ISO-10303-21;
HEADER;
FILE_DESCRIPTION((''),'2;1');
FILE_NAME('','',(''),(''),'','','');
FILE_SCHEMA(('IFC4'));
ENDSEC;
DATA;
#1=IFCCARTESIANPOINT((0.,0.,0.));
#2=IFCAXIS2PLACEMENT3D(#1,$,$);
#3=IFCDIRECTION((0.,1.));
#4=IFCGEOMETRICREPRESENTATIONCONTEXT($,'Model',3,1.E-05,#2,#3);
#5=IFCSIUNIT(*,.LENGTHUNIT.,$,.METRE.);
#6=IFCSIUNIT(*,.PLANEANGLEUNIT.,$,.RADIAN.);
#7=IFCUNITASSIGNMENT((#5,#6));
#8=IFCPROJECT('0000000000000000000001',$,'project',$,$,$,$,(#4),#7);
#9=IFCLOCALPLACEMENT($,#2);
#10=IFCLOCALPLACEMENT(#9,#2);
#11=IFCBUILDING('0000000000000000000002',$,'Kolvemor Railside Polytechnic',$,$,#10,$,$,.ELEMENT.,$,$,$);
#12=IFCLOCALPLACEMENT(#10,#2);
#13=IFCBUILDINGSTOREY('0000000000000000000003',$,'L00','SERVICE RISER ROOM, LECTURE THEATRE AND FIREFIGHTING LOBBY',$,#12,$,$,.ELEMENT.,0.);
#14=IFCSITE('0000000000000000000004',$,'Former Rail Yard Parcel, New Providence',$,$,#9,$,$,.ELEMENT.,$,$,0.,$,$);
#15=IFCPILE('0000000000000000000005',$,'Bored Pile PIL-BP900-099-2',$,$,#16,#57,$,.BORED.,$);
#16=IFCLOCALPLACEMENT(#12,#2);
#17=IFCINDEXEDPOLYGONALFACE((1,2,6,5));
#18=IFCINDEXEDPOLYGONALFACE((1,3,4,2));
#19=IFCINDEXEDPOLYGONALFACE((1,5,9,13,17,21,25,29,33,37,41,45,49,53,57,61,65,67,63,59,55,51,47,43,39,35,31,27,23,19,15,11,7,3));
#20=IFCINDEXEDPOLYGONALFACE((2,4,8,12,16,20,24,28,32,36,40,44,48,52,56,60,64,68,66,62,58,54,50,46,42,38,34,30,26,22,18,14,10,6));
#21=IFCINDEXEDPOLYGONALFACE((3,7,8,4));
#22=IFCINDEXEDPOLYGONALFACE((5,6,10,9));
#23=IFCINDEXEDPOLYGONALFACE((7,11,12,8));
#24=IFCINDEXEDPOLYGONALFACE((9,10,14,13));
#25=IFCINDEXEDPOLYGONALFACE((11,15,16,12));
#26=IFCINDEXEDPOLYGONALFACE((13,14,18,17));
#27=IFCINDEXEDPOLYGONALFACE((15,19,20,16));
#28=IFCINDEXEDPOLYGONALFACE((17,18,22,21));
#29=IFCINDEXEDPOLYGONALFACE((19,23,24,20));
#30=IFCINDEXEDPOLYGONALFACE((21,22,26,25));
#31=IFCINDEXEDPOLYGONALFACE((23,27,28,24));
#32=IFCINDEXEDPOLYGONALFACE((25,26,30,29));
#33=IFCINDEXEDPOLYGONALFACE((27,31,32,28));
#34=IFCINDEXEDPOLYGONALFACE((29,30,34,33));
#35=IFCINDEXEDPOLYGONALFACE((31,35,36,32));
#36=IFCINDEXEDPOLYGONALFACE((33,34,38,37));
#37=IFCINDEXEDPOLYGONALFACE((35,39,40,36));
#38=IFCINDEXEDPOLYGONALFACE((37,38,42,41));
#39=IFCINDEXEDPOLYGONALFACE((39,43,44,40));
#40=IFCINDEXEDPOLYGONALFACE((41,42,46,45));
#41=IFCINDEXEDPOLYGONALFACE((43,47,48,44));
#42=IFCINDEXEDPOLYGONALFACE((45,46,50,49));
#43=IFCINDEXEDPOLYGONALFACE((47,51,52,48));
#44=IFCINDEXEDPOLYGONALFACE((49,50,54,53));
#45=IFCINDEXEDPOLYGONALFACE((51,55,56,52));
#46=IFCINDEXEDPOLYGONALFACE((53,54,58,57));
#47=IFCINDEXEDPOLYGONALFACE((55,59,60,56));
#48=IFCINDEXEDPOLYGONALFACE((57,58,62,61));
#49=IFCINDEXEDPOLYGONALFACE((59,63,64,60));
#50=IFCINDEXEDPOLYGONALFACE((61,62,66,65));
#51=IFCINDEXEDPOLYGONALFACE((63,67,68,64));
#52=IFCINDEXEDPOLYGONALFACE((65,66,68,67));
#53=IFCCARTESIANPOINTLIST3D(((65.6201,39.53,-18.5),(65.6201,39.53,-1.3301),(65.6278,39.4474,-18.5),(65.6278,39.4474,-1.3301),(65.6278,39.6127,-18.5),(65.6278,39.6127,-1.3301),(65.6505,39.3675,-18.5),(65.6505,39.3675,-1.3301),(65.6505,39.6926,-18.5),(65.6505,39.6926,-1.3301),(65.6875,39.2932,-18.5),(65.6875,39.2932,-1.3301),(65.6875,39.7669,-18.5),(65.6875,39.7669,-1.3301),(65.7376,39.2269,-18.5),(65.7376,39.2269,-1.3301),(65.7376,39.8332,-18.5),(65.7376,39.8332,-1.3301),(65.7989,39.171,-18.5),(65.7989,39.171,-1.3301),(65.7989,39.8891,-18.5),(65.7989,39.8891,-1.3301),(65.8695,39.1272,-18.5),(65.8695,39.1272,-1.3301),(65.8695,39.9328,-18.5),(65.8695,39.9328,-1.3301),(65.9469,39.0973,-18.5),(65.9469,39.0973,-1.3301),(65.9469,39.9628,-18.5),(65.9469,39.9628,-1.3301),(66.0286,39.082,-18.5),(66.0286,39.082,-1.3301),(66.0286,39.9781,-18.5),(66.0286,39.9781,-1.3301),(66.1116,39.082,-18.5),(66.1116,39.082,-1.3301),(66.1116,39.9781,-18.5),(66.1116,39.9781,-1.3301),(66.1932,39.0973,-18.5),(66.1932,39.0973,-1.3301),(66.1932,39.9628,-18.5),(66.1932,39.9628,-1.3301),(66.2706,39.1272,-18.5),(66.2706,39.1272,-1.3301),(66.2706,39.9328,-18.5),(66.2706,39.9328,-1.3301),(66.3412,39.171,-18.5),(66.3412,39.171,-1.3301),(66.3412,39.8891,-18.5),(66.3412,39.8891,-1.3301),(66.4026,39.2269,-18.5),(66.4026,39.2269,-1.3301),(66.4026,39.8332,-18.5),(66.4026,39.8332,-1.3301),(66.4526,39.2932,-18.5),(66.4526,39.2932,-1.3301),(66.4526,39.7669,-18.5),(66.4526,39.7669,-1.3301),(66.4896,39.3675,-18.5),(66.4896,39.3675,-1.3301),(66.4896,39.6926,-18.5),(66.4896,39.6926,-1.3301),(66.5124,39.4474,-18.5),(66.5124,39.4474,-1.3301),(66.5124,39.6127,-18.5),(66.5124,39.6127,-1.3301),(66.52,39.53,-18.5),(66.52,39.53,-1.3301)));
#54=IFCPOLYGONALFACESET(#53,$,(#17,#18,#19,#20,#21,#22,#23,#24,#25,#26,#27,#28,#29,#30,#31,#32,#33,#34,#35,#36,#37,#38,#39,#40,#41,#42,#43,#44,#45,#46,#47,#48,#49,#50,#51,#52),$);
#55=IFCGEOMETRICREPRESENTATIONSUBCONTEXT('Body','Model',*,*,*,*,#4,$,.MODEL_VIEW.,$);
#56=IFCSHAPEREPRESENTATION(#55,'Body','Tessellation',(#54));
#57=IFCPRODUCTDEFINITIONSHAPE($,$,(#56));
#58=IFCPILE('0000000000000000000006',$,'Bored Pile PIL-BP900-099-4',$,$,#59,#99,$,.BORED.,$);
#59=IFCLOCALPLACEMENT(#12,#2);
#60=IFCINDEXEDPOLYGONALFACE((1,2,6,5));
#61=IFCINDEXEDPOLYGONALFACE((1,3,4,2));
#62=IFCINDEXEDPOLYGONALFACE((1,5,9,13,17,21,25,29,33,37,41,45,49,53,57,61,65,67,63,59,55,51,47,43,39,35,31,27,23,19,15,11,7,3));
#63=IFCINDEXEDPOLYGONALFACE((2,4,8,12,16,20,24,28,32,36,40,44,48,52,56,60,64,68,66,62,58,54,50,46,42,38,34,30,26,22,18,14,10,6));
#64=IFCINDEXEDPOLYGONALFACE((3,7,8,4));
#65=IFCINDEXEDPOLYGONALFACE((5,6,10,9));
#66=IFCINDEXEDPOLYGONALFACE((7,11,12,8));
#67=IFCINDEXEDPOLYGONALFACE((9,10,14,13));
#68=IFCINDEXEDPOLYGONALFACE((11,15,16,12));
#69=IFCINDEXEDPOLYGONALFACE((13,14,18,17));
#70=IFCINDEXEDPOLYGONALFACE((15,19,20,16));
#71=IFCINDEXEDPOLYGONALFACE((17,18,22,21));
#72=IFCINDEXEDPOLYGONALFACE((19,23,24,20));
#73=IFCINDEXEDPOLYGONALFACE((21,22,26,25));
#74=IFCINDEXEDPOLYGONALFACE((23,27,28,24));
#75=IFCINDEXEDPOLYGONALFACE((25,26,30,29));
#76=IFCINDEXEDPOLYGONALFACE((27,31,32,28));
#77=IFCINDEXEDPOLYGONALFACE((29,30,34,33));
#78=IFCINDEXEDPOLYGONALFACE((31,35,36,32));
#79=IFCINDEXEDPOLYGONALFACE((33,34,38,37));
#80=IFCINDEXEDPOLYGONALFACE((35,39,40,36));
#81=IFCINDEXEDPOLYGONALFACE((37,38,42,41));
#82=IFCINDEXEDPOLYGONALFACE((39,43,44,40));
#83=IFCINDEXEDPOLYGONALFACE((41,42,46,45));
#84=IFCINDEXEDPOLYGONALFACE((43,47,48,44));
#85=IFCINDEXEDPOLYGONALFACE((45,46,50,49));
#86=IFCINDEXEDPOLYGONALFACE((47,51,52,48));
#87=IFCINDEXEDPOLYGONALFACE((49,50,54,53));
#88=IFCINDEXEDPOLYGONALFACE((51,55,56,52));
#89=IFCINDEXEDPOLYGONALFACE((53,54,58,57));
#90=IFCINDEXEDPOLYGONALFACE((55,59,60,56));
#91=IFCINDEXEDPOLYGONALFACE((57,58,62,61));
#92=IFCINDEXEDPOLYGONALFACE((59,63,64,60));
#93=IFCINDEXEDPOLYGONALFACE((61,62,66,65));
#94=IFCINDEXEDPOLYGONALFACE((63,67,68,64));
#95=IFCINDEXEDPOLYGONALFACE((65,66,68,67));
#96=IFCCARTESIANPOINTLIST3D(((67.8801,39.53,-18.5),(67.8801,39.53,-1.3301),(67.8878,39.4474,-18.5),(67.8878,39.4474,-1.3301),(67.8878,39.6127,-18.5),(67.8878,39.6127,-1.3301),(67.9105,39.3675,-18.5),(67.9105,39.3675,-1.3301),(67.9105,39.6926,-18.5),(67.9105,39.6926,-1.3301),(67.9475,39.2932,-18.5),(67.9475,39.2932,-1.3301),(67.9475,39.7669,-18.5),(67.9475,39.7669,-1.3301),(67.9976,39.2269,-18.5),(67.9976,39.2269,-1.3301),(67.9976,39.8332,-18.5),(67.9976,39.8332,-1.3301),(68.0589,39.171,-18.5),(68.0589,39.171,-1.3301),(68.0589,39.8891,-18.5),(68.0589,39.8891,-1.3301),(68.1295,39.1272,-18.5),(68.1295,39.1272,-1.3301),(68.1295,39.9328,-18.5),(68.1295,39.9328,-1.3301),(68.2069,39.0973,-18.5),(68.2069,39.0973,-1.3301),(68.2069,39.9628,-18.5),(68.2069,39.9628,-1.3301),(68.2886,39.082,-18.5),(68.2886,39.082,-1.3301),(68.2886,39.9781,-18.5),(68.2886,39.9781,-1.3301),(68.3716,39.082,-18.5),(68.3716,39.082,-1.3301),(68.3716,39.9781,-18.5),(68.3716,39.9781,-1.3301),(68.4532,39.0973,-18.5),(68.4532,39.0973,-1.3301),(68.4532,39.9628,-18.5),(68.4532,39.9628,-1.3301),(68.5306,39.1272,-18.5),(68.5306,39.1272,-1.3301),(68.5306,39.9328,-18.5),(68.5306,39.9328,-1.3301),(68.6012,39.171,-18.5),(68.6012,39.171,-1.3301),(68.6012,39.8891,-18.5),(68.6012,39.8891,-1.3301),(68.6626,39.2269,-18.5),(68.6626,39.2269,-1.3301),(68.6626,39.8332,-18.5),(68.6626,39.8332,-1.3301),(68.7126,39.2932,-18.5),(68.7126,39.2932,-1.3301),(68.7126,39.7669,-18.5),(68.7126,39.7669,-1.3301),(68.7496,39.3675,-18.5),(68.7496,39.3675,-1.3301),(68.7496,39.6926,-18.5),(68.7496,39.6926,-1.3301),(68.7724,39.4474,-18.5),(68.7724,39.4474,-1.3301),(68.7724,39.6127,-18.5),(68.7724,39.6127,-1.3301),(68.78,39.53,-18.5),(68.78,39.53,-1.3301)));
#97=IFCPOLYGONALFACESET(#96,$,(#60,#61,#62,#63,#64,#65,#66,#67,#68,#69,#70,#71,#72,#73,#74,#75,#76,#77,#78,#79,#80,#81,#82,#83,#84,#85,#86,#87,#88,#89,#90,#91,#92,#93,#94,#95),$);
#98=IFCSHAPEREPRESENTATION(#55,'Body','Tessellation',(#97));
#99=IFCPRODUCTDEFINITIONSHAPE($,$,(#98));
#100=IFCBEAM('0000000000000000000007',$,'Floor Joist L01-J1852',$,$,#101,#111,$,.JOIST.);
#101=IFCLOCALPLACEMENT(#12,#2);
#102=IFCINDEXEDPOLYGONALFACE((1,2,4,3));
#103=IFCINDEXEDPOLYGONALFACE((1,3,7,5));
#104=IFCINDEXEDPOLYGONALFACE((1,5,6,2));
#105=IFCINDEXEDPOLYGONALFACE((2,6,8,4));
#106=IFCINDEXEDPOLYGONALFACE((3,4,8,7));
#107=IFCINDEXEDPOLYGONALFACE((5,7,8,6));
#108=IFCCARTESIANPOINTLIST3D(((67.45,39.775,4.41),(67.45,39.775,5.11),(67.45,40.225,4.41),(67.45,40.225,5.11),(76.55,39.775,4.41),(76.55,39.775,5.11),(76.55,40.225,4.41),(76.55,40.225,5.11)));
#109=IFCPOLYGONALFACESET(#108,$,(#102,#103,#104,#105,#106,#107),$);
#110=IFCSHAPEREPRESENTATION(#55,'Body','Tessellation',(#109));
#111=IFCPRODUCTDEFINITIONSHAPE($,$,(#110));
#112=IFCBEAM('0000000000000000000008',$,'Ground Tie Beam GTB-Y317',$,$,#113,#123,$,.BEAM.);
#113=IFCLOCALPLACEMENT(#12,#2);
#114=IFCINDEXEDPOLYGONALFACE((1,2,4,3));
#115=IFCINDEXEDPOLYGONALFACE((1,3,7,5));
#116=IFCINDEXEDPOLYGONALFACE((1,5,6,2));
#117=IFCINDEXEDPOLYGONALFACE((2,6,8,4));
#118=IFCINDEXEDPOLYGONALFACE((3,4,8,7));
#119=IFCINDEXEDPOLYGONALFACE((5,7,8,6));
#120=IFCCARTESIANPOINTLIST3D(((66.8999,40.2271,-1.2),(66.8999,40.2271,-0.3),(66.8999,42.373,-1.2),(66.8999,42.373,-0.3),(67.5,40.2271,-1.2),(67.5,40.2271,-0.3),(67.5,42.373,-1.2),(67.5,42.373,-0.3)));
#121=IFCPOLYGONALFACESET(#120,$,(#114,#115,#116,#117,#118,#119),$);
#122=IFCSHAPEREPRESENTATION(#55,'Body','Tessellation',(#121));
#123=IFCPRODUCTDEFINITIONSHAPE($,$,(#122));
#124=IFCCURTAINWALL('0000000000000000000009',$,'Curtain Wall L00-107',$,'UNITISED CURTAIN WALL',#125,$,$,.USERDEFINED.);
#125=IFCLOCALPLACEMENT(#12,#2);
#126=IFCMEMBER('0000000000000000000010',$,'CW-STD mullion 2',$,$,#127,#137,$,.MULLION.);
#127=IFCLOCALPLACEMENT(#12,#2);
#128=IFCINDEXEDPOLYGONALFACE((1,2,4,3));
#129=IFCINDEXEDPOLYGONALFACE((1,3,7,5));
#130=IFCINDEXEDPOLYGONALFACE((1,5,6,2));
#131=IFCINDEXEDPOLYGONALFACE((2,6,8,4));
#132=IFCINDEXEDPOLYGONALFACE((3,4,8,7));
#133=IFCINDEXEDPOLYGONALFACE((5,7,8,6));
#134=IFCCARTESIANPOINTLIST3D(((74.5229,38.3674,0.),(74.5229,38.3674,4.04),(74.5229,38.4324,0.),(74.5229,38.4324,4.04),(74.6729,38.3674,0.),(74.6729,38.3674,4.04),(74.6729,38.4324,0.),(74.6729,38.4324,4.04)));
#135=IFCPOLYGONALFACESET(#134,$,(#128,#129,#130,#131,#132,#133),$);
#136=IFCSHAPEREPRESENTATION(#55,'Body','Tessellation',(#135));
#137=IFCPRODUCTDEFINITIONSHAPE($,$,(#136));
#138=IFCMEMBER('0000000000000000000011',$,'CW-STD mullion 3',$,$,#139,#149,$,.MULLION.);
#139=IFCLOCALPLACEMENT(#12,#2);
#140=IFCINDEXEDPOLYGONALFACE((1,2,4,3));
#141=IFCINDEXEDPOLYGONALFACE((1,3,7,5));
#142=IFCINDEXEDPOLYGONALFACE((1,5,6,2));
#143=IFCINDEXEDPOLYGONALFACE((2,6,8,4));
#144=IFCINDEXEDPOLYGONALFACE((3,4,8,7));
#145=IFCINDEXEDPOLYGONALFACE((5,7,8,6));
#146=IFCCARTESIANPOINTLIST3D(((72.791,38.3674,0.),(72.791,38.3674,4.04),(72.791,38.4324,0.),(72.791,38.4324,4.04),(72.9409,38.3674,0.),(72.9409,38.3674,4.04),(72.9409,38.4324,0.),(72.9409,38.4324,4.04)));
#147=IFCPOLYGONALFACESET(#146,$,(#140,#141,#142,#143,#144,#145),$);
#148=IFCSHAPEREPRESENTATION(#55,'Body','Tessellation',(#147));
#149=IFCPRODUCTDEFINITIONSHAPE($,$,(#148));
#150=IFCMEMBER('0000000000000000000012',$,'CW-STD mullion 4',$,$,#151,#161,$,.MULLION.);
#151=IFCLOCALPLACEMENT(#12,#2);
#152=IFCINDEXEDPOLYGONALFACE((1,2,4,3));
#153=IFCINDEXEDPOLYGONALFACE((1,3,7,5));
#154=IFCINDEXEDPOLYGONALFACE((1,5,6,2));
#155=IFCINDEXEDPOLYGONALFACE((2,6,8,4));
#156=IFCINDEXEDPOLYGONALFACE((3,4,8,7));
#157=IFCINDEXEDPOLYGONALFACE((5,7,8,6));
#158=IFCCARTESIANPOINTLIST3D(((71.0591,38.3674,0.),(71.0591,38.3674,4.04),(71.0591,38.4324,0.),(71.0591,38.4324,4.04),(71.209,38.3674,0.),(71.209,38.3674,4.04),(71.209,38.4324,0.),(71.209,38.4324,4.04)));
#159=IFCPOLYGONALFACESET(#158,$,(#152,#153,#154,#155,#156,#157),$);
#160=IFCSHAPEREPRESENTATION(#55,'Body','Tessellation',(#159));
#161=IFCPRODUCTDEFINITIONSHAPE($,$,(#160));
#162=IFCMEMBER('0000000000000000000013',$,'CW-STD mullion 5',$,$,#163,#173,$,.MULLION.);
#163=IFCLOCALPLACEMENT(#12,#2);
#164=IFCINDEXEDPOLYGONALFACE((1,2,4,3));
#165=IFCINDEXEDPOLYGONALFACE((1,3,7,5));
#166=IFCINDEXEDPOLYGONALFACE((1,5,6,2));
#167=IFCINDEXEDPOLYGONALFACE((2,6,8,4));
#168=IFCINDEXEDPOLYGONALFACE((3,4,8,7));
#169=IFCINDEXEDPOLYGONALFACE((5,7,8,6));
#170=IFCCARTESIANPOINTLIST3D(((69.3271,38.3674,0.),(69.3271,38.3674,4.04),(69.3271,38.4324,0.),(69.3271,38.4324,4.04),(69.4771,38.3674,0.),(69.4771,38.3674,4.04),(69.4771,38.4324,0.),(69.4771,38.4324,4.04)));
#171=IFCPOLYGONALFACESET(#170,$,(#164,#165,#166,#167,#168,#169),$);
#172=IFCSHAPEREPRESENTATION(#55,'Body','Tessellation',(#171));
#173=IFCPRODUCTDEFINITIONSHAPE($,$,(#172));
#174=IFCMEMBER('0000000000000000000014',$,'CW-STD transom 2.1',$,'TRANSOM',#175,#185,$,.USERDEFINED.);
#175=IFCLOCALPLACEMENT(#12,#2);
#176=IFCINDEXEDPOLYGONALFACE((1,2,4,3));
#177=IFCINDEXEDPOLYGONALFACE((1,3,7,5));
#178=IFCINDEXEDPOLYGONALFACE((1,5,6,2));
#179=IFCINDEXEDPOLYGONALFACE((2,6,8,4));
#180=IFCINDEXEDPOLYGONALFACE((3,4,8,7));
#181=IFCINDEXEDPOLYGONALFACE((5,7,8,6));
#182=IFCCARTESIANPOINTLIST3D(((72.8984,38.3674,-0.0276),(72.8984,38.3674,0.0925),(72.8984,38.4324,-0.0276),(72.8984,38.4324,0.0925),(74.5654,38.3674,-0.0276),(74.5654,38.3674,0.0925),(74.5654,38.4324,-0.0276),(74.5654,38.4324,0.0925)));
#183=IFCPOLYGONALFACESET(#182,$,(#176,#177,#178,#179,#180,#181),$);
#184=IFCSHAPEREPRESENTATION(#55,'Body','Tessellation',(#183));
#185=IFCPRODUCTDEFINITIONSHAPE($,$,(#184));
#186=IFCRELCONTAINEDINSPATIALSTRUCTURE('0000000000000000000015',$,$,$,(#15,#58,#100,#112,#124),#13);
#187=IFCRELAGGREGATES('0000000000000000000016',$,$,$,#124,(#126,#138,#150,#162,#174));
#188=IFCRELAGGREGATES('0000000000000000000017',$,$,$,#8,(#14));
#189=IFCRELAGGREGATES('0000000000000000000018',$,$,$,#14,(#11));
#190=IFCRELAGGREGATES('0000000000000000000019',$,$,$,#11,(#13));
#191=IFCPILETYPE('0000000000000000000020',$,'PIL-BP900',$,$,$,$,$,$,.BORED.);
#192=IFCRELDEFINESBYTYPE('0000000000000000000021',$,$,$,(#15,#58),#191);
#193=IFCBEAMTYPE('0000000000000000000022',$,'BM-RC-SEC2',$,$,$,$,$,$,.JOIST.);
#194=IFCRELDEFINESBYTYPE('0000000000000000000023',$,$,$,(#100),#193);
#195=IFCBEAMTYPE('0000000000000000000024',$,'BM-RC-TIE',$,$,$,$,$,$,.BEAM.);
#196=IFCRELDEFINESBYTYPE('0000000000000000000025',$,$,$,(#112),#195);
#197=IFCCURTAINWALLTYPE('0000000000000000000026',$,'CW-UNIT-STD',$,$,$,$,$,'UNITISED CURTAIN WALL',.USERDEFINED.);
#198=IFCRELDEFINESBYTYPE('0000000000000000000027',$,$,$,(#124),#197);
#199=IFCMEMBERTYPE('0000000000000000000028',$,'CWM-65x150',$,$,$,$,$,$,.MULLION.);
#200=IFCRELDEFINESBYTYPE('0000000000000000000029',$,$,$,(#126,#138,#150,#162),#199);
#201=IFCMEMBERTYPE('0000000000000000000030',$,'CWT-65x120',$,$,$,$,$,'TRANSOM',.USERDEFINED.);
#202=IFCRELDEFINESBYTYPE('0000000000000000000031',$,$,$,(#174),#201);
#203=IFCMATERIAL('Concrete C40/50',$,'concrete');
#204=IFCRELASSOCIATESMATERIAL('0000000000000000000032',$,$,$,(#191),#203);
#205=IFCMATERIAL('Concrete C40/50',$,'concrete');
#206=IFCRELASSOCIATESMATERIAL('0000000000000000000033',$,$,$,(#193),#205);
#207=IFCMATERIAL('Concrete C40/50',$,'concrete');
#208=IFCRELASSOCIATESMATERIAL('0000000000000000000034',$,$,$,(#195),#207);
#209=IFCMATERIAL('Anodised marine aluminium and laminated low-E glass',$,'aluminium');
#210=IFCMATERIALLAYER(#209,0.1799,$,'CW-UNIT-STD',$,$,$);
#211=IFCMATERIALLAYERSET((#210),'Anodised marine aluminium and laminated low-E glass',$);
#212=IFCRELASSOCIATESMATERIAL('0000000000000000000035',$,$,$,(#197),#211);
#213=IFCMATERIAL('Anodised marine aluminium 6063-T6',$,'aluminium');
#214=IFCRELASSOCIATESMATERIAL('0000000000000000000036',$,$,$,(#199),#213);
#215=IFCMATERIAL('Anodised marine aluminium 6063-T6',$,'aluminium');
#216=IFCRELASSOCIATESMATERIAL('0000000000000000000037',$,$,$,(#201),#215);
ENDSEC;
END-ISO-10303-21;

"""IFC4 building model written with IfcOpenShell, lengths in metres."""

from ifc_helpers import new_model, si_unit, direction, frame, origin, origin_2d, place, context, subcontext, project, spatial, rectangle, circle, extrude, material, layer, layer_set, material_profile, profile_set, type_object, element, aggregate, save


model = new_model("IFC4")

# Units and contexts
model_context = context("Model", 3, precision=1e-05, world=origin(), true_north=direction((0.0, 1.0)))
body_context = subcontext(model_context, "Body", "Model", "MODEL_VIEW")
ifc_project = project(units=[si_unit("LENGTHUNIT", "METRE"), si_unit("PLANEANGLEUNIT", "RADIAN")], contexts=[model_context])

# Site, building, storey
site_placement = place(None, origin())
site = spatial("IfcSite", under=ifc_project, at=site_placement, Name="Former Rail Yard Parcel, New Providence", CompositionType="ELEMENT", RefElevation=0.0)
building_placement = place(site_placement, origin())
building = spatial("IfcBuilding", under=site, at=building_placement, Name="Kolvemor Railside Polytechnic", CompositionType="ELEMENT")
storey_placement = place(building_placement, origin())
storey = spatial("IfcBuildingStorey", under=building, at=storey_placement, Name="L00", Description="SERVICE RISER ROOM, LECTURE THEATRE AND FIREFIGHTING LOBBY", CompositionType="ELEMENT", Elevation=0.0)

# Piles
ifc_material_1 = material(Name="Concrete C40/50", Category="concrete")
ifc_material_profile_1 = material_profile(ifc_material_1, circle(Radius=0.45, at=origin_2d()), Name="BP900")
ifc_profile_set_1 = profile_set([ifc_material_profile_1], Name="Concrete C40/50")
pile_type = type_object("IfcPileType", Name="PIL-BP900", PredefinedType="BORED", material=ifc_profile_set_1)
for number, where, z_axis, x_axis, name in (
    (1, (66.0701, 39.53, -1.3301), (0.0, 0.0, -1.0), (1.0, 0.0, 0.0), "Bored Pile PIL-BP900-099-2"),
    (2, (68.3301, 39.53, -1.3301), (0.0, 0.0, -1.0), (1.0, 0.0, 0.0), "Bored Pile PIL-BP900-099-4"),
):
    element("IfcPile", number, at=place(storey_placement, frame(where, z_axis=z_axis, x_axis=x_axis)), inside=storey, type_object=pile_type, Name=name, PredefinedType="BORED", context=body_context, shape_type="SweptSolid", body=[
        extrude(circle(Radius=0.45, at=origin_2d()), origin(), (0.0, 0.0, 1.0), 17.1699),
    ])

# Beams
ifc_material_2 = material(Name="Concrete C40/50", Category="concrete")
ifc_material_profile_2 = material_profile(ifc_material_2, rectangle(XDim=0.45, YDim=0.7, at=origin_2d()), Name="RC450x700")
ifc_profile_set_2 = profile_set([ifc_material_profile_2], Name="Concrete C40/50")
beam_type_1 = type_object("IfcBeamType", Name="BM-RC-SEC2", PredefinedType="JOIST", material=ifc_profile_set_2)
beam_1_placement = place(storey_placement, frame((67.45, 40.0, 4.76), z_axis=(1.0, 0.0, 0.0), x_axis=(0.0, 1.0, 0.0)))
element("IfcBeam", 3, at=beam_1_placement, inside=storey, type_object=beam_type_1, Name="Floor Joist L01-J1852", PredefinedType="JOIST", context=body_context, shape_type="SweptSolid", body=[
    extrude(rectangle(XDim=0.45, YDim=0.7, at=origin_2d()), origin(), (0.0, 0.0, 1.0), 9.1001),
])
ifc_material_3 = material(Name="Concrete C40/50", Category="concrete")
ifc_material_profile_3 = material_profile(ifc_material_3, rectangle(XDim=0.6001, YDim=0.8999, at=origin_2d()), Name="RC600x900")
ifc_profile_set_3 = profile_set([ifc_material_profile_3], Name="Concrete C40/50")
beam_type_2 = type_object("IfcBeamType", Name="BM-RC-TIE", PredefinedType="BEAM", material=ifc_profile_set_3)
beam_2_placement = place(storey_placement, frame((67.2, 40.2271, -0.75), z_axis=(0.0, 1.0, 0.0), x_axis=(-1.0, 0.0, 0.0)))
element("IfcBeam", 4, at=beam_2_placement, inside=storey, type_object=beam_type_2, Name="Ground Tie Beam GTB-Y317", PredefinedType="BEAM", context=body_context, shape_type="SweptSolid", body=[
    extrude(rectangle(XDim=0.6001, YDim=0.8999, at=origin_2d()), origin(), (0.0, 0.0, 1.0), 2.146),
])

# Curtain wall, members
ifc_material_4 = material(Name="Anodised marine aluminium and laminated low-E glass", Category="aluminium")
ifc_layer_1 = layer(ifc_material_4, 0.1799, Name="CW-UNIT-STD")
ifc_layer_set_1 = layer_set([ifc_layer_1], Name="Anodised marine aluminium and laminated low-E glass")
curtain_wall_type = type_object("IfcCurtainWallType", Name="CW-UNIT-STD", ElementType="UNITISED CURTAIN WALL", PredefinedType="USERDEFINED", material=ifc_layer_set_1)
curtain_wall_placement = place(storey_placement, origin())
curtain_wall = element("IfcCurtainWall", 5, at=curtain_wall_placement, inside=storey, type_object=curtain_wall_type, Name="Curtain Wall L00-107", ObjectType="UNITISED CURTAIN WALL", PredefinedType="USERDEFINED")
ifc_material_5 = material(Name="Anodised marine aluminium 6063-T6", Category="aluminium")
ifc_material_profile_4 = material_profile(ifc_material_5, rectangle(XDim=0.0649, YDim=0.1499, at=origin_2d()), Name="CW-MUL-65x150")
ifc_profile_set_4 = profile_set([ifc_material_profile_4], Name="Anodised marine aluminium 6063-T6")
member_type_1 = type_object("IfcMemberType", Name="CWM-65x150", PredefinedType="MULLION", material=ifc_profile_set_4)
member_1_placement = place(storey_placement, frame((74.5979, 38.3999, 0.0), z_axis=(0.0, 0.0, 1.0), x_axis=(0.0, -1.0, 0.0)))
member_1 = element("IfcMember", 6, at=member_1_placement, type_object=member_type_1, Name="CW-STD mullion 2", PredefinedType="MULLION", context=body_context, shape_type="SweptSolid", body=[
    extrude(rectangle(XDim=0.0649, YDim=0.1499, at=origin_2d()), origin(), (0.0, 0.0, 1.0), 4.04),
])
member_2_placement = place(storey_placement, frame((72.866, 38.3999, 0.0), z_axis=(0.0, 0.0, 1.0), x_axis=(0.0, -1.0, 0.0)))
member_2 = element("IfcMember", 7, at=member_2_placement, type_object=member_type_1, Name="CW-STD mullion 3", PredefinedType="MULLION", context=body_context, shape_type="SweptSolid", body=[
    extrude(rectangle(XDim=0.0649, YDim=0.1499, at=origin_2d()), origin(), (0.0, 0.0, 1.0), 4.04),
])
member_3_placement = place(storey_placement, frame((71.134, 38.3999, 0.0), z_axis=(0.0, 0.0, 1.0), x_axis=(0.0, -1.0, 0.0)))
member_3 = element("IfcMember", 8, at=member_3_placement, type_object=member_type_1, Name="CW-STD mullion 4", PredefinedType="MULLION", context=body_context, shape_type="SweptSolid", body=[
    extrude(rectangle(XDim=0.0649, YDim=0.1499, at=origin_2d()), origin(), (0.0, 0.0, 1.0), 4.04),
])
member_4_placement = place(storey_placement, frame((69.4021, 38.3999, 0.0), z_axis=(0.0, 0.0, 1.0), x_axis=(0.0, -1.0, 0.0)))
member_4 = element("IfcMember", 9, at=member_4_placement, type_object=member_type_1, Name="CW-STD mullion 5", PredefinedType="MULLION", context=body_context, shape_type="SweptSolid", body=[
    extrude(rectangle(XDim=0.0649, YDim=0.1499, at=origin_2d()), origin(), (0.0, 0.0, 1.0), 4.04),
])
ifc_material_6 = material(Name="Anodised marine aluminium 6063-T6", Category="aluminium")
ifc_material_profile_5 = material_profile(ifc_material_6, rectangle(XDim=0.0649, YDim=0.1201, at=origin_2d()), Name="CW-TRN-65x120")
ifc_profile_set_5 = profile_set([ifc_material_profile_5], Name="Anodised marine aluminium 6063-T6")
member_type_2 = type_object("IfcMemberType", Name="CWT-65x120", ElementType="TRANSOM", PredefinedType="USERDEFINED", material=ifc_profile_set_5)
member_5_placement = place(storey_placement, frame((74.5654, 38.3999, 0.0325), z_axis=(-1.0, 0.0, 0.0), x_axis=(0.0, -1.0, 0.0)))
member_5 = element("IfcMember", 10, at=member_5_placement, type_object=member_type_2, Name="CW-STD transom 2.1", ObjectType="TRANSOM", PredefinedType="USERDEFINED", context=body_context, shape_type="SweptSolid", body=[
    extrude(rectangle(XDim=0.0649, YDim=0.1201, at=origin_2d()), origin(), (0.0, 0.0, 1.0), 1.667),
])
aggregate(curtain_wall, [member_1, member_2, member_3, member_4, member_5])

save(model, "model.ifc")
